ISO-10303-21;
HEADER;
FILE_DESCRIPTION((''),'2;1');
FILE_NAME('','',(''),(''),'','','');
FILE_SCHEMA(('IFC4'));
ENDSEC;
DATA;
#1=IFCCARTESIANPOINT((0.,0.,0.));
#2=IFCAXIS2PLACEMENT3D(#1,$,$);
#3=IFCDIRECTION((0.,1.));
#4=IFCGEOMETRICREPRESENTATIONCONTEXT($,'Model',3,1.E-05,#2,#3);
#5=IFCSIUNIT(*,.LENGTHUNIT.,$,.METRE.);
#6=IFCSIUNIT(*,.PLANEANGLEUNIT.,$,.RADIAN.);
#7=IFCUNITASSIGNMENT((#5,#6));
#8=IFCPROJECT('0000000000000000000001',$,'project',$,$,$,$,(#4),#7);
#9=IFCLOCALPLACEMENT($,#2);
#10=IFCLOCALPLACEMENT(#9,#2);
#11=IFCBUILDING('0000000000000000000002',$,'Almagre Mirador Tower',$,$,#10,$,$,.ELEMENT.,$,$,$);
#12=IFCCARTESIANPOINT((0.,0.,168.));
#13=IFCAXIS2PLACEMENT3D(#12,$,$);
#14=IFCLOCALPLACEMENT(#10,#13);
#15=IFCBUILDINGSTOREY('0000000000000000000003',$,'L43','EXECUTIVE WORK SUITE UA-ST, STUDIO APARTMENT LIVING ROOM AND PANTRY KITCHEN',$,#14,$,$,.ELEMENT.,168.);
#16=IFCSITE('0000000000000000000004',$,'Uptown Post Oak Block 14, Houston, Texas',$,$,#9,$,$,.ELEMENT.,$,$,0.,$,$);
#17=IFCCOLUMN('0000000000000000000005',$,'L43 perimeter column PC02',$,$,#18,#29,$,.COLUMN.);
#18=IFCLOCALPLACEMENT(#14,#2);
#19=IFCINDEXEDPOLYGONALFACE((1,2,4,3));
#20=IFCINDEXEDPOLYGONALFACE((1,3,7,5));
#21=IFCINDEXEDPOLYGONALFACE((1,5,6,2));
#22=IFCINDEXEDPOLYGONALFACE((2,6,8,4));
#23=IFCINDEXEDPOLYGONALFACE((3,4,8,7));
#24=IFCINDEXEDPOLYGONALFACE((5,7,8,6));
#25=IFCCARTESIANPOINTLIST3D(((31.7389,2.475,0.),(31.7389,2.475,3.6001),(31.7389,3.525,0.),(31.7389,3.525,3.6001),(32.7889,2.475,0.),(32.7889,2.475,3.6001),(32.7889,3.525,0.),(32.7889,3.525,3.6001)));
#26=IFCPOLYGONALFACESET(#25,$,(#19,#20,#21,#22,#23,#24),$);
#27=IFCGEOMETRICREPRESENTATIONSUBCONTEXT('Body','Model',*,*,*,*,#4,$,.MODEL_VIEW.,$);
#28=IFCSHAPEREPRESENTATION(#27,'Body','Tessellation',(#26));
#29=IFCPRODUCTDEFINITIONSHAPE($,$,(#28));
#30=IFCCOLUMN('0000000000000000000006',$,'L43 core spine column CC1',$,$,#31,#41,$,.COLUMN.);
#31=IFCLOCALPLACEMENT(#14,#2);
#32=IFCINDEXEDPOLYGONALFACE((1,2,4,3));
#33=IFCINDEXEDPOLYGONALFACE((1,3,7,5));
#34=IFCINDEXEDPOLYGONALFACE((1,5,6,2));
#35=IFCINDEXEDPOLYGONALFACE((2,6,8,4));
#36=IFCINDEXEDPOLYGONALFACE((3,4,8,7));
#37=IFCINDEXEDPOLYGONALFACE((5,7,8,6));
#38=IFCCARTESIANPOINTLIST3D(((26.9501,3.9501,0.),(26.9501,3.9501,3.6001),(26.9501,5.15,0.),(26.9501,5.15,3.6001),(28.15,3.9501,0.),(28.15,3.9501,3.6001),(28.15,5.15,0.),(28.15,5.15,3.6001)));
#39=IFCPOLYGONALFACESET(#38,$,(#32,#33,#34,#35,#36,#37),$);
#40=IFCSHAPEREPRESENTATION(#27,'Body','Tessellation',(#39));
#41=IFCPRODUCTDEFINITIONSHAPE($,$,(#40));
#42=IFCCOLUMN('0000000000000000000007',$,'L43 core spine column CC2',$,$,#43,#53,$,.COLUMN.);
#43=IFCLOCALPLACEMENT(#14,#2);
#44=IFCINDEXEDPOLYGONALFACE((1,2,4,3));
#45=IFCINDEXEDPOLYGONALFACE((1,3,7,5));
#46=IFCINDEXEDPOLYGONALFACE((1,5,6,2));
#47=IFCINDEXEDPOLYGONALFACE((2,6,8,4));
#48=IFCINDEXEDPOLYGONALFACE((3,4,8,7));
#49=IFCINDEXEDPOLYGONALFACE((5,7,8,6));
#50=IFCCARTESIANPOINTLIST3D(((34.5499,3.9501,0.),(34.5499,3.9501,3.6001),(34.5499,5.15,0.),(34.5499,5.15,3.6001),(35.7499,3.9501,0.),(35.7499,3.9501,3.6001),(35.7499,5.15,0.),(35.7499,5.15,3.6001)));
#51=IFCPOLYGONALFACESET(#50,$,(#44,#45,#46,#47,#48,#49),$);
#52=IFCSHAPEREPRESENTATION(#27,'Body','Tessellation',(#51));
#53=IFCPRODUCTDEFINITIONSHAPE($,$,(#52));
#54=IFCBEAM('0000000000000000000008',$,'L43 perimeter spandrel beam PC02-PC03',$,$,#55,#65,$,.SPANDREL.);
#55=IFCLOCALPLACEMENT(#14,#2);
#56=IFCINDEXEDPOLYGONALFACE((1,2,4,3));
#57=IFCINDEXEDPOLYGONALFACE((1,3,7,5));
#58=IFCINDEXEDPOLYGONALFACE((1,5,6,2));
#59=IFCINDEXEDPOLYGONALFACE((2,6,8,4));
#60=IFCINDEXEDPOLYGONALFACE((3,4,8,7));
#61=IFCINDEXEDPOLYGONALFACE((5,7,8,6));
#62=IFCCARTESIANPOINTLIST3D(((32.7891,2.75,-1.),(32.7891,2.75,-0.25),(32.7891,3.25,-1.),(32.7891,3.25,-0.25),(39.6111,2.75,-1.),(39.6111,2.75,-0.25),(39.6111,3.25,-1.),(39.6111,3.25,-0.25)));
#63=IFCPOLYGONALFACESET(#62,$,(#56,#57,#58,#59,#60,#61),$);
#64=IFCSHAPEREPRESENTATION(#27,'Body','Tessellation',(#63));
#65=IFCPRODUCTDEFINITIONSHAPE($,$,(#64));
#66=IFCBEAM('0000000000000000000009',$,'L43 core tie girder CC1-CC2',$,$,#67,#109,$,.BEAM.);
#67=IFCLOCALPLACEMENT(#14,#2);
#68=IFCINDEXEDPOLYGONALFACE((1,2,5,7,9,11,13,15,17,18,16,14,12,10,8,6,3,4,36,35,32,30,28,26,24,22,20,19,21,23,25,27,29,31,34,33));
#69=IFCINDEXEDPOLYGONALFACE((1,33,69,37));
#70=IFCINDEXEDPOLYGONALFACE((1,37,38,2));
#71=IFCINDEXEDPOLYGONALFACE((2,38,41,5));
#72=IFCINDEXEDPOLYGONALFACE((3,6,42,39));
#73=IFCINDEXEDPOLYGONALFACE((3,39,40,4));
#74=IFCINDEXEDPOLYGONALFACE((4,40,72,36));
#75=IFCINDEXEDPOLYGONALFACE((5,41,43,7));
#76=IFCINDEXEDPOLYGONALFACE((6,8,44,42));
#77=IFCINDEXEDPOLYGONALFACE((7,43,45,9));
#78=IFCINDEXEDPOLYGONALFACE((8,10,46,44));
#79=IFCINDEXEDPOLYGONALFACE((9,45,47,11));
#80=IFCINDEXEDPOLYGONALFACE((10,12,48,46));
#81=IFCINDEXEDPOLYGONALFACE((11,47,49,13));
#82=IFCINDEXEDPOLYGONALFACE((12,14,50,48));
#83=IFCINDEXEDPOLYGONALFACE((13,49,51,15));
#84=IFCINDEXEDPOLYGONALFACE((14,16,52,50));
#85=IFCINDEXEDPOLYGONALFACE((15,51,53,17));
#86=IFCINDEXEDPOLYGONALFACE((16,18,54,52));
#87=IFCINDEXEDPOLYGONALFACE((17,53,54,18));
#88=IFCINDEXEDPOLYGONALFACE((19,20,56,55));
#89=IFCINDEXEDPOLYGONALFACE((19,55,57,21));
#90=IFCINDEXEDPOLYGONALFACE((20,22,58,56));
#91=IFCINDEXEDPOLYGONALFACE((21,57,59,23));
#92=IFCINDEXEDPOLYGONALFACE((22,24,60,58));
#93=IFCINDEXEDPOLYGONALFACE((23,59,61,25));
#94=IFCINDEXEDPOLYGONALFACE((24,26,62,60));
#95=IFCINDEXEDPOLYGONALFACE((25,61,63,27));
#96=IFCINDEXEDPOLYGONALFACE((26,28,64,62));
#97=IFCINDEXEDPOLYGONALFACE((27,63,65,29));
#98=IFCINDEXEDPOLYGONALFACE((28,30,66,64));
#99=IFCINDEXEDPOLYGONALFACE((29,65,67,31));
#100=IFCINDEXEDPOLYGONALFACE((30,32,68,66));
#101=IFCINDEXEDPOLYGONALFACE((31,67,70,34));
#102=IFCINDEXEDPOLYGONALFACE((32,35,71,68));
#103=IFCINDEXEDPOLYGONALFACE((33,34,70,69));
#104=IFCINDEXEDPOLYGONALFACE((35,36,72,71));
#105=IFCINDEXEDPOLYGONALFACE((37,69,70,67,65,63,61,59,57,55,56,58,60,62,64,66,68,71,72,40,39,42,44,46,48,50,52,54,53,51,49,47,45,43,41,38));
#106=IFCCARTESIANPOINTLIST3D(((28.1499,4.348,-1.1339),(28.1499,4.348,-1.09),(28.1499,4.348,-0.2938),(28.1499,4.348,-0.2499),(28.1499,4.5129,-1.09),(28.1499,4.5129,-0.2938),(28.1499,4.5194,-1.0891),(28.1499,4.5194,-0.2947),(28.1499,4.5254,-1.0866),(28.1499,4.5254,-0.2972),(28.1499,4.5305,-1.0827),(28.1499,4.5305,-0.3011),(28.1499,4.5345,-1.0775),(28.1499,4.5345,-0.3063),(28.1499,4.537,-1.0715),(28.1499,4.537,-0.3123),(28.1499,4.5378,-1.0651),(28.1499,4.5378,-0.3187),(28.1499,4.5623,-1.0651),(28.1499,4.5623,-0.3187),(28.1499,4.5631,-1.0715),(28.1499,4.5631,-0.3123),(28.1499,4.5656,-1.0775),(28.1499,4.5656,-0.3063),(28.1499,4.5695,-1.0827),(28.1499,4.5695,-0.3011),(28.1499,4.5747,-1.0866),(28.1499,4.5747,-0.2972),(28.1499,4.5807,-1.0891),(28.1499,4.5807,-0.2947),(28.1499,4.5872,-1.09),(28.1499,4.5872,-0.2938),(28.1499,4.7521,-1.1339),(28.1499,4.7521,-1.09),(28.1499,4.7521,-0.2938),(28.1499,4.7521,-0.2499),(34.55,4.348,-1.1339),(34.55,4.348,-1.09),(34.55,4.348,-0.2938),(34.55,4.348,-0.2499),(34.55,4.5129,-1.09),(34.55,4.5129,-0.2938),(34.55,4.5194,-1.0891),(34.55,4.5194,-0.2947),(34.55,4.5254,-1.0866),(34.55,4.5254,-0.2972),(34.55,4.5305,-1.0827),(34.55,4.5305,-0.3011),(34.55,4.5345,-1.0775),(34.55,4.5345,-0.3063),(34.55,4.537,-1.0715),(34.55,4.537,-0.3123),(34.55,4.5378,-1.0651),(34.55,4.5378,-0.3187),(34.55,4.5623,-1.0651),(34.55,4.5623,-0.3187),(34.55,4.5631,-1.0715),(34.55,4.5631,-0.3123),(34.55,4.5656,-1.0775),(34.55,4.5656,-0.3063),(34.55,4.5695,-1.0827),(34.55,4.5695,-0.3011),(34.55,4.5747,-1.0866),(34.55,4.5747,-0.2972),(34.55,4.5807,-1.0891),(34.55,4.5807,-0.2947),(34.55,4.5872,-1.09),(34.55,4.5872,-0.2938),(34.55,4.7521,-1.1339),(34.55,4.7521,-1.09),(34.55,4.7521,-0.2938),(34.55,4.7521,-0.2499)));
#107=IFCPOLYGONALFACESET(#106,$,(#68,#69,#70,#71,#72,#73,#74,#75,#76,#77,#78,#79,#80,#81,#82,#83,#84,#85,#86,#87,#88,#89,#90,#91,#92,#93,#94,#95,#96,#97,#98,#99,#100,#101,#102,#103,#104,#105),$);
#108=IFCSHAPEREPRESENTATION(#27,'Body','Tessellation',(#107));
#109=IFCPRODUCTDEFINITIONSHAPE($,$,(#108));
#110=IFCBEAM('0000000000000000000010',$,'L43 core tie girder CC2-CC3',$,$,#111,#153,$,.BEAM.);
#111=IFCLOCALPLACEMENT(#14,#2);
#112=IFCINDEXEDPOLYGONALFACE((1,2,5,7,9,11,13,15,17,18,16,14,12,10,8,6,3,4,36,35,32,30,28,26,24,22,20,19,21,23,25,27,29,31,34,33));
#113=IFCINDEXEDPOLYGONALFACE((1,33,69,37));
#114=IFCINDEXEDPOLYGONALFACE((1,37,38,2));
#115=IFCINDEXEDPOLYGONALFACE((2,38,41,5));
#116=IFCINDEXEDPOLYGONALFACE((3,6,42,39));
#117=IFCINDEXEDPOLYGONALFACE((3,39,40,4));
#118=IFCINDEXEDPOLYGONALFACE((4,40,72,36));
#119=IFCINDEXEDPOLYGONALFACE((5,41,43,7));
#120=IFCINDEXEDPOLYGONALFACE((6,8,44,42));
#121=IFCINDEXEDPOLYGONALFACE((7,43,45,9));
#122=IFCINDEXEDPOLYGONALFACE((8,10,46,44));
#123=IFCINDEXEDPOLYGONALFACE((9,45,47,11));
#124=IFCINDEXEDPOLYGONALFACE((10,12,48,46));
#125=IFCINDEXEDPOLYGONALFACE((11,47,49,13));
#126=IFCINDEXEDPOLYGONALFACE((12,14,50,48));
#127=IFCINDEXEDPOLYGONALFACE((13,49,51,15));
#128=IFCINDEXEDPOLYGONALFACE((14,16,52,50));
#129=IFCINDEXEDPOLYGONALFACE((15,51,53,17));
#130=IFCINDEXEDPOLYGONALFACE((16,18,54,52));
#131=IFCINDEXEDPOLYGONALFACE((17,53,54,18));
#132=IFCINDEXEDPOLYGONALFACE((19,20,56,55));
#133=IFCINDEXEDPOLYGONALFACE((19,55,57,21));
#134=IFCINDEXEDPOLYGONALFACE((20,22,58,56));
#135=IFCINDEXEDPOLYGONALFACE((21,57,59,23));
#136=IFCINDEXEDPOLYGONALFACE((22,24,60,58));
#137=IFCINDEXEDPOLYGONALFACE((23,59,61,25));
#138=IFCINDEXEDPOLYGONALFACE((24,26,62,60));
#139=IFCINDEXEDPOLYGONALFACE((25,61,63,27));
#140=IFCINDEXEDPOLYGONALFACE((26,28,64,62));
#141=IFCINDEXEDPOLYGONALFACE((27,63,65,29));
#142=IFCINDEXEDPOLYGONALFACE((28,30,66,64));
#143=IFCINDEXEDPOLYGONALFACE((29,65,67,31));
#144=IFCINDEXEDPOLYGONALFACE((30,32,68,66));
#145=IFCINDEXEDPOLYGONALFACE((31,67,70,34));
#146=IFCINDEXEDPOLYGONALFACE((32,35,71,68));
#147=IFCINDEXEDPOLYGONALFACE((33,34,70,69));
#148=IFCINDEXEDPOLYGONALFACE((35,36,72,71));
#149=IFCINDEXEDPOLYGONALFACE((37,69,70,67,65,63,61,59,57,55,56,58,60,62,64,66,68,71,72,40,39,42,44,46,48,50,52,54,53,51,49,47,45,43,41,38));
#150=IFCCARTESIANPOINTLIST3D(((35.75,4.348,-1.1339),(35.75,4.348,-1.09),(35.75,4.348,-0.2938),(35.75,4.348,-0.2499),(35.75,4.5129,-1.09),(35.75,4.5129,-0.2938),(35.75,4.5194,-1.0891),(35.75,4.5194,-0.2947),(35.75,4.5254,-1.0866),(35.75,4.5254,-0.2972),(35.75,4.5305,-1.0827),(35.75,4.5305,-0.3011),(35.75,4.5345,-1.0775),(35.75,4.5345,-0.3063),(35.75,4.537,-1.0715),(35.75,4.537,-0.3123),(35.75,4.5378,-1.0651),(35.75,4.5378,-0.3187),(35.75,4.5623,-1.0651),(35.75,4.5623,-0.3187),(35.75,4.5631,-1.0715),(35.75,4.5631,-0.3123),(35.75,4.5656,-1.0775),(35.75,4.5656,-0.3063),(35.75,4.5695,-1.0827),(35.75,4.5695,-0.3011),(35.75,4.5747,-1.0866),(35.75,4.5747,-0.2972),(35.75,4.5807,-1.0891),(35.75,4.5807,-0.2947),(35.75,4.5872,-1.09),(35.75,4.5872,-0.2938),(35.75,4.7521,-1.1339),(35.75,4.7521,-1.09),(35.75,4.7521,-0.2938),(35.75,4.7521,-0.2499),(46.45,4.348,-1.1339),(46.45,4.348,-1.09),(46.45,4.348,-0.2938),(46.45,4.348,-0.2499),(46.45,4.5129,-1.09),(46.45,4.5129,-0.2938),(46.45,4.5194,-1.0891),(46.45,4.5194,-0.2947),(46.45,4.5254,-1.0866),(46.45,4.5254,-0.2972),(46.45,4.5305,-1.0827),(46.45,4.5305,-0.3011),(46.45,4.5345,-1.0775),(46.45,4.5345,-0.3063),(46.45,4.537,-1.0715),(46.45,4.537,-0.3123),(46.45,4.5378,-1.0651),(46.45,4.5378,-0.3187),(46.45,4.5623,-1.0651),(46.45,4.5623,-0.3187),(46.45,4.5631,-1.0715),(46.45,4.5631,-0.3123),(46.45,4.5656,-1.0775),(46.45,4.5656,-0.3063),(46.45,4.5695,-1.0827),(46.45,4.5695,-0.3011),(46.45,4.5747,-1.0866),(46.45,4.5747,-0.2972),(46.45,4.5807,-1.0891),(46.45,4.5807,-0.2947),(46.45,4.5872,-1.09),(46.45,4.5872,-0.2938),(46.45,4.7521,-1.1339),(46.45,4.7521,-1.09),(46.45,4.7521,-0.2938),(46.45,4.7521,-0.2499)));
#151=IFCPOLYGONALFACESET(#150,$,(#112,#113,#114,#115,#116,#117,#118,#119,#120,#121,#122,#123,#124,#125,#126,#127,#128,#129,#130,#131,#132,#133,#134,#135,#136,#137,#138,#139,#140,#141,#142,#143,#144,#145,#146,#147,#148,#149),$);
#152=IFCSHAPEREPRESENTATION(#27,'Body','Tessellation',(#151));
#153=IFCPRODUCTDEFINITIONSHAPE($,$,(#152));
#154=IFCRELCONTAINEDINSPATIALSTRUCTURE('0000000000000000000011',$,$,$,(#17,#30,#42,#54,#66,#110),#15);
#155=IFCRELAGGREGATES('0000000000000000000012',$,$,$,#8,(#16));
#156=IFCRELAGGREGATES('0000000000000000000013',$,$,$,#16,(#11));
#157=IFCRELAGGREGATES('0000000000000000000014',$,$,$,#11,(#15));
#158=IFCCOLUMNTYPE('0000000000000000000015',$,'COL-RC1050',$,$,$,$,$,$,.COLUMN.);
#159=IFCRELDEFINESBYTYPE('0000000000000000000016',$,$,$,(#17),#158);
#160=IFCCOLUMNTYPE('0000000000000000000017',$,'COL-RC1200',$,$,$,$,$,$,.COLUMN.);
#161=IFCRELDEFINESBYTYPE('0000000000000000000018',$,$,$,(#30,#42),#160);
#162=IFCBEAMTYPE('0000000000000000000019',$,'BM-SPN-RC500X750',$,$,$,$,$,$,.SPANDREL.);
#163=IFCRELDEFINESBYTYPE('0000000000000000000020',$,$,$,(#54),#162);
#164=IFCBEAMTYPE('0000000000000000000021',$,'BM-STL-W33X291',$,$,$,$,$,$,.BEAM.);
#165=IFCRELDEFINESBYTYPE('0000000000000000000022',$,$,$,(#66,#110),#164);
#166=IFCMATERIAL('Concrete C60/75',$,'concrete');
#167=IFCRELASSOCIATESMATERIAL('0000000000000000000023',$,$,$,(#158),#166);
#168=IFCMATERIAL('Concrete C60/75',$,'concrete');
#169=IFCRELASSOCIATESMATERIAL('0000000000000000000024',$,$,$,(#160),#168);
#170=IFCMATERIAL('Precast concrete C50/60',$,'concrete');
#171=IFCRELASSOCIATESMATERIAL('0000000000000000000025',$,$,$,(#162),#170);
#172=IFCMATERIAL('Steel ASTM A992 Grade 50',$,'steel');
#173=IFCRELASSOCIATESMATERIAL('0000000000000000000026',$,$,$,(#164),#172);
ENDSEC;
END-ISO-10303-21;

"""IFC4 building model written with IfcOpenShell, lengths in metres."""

from ifc_helpers import new_model, si_unit, direction, frame, origin, origin_2d, place, context, subcontext, project, spatial, rectangle, i_section, extrude, material, material_profile, profile_set, type_object, element, save


model = new_model("IFC4")

# Units and contexts
model_context = context("Model", 3, precision=1e-05, world=origin(), true_north=direction((0.0, 1.0)))
body_context = subcontext(model_context, "Body", "Model", "MODEL_VIEW")
ifc_project = project(units=[si_unit("LENGTHUNIT", "METRE"), si_unit("PLANEANGLEUNIT", "RADIAN")], contexts=[model_context])

# Site, building, storey
site_placement = place(None, origin())
site = spatial("IfcSite", under=ifc_project, at=site_placement, Name="Uptown Post Oak Block 14, Houston, Texas", CompositionType="ELEMENT", RefElevation=0.0)
building_placement = place(site_placement, origin())
building = spatial("IfcBuilding", under=site, at=building_placement, Name="Almagre Mirador Tower", CompositionType="ELEMENT")
storey_placement = place(building_placement, frame((0.0, 0.0, 168.0)))
storey = spatial("IfcBuildingStorey", under=building, at=storey_placement, Name="L43", Description="EXECUTIVE WORK SUITE UA-ST, STUDIO APARTMENT LIVING ROOM AND PANTRY KITCHEN", CompositionType="ELEMENT", Elevation=168.0)

# Columns
ifc_material_1 = material(Name="Concrete C60/75", Category="concrete")
ifc_material_profile_1 = material_profile(ifc_material_1, rectangle(XDim=1.05, YDim=1.05, at=origin_2d()), Name="RC1050X1050")
ifc_profile_set_1 = profile_set([ifc_material_profile_1], Name="Concrete C60/75")
column_type_1 = type_object("IfcColumnType", Name="COL-RC1050", PredefinedType="COLUMN", material=ifc_profile_set_1)
column_placement = place(storey_placement, frame((32.2639, 3.0, 0.0), z_axis=(0.0, 0.0, 1.0), x_axis=(1.0, 0.0, 0.0)))
element("IfcColumn", 1, at=column_placement, inside=storey, type_object=column_type_1, Name="L43 perimeter column PC02", PredefinedType="COLUMN", context=body_context, shape_type="SweptSolid", body=[
    extrude(rectangle(XDim=1.05, YDim=1.05, at=origin_2d()), origin(), (0.0, 0.0, 1.0), 3.6001),
])
ifc_material_2 = material(Name="Concrete C60/75", Category="concrete")
ifc_material_profile_2 = material_profile(ifc_material_2, rectangle(XDim=1.2, YDim=1.2, at=origin_2d()), Name="RC1200X1200")
ifc_profile_set_2 = profile_set([ifc_material_profile_2], Name="Concrete C60/75")
column_type_2 = type_object("IfcColumnType", Name="COL-RC1200", PredefinedType="COLUMN", material=ifc_profile_set_2)
for number, where, z_axis, x_axis, name in (
    (2, (27.55, 4.55, 0.0), (0.0, 0.0, 1.0), (1.0, 0.0, 0.0), "L43 core spine column CC1"),
    (3, (35.1499, 4.55, 0.0), (0.0, 0.0, 1.0), (1.0, 0.0, 0.0), "L43 core spine column CC2"),
):
    element("IfcColumn", number, at=place(storey_placement, frame(where, z_axis=z_axis, x_axis=x_axis)), inside=storey, type_object=column_type_2, Name=name, PredefinedType="COLUMN", context=body_context, shape_type="SweptSolid", body=[
        extrude(rectangle(XDim=1.2, YDim=1.2, at=origin_2d()), origin(), (0.0, 0.0, 1.0), 3.6001),
    ])

# Beams
ifc_material_3 = material(Name="Precast concrete C50/60", Category="concrete")
ifc_material_profile_3 = material_profile(ifc_material_3, rectangle(XDim=0.5, YDim=0.75, at=origin_2d()), Name="RC500X750")
ifc_profile_set_3 = profile_set([ifc_material_profile_3], Name="Precast concrete C50/60")
beam_type_1 = type_object("IfcBeamType", Name="BM-SPN-RC500X750", PredefinedType="SPANDREL", material=ifc_profile_set_3)
beam_1_placement = place(storey_placement, frame((32.7891, 3.0, -0.625), z_axis=(1.0, 0.0, 0.0), x_axis=(0.0, 1.0, 0.0)))
element("IfcBeam", 4, at=beam_1_placement, inside=storey, type_object=beam_type_1, Name="L43 perimeter spandrel beam PC02-PC03", PredefinedType="SPANDREL", context=body_context, shape_type="SweptSolid", body=[
    extrude(rectangle(XDim=0.5, YDim=0.75, at=origin_2d()), origin(), (0.0, 0.0, 1.0), 6.822),
])
ifc_material_4 = material(Name="Steel ASTM A992 Grade 50", Category="steel")
ifc_material_profile_4 = material_profile(ifc_material_4, i_section(OverallWidth=0.4041, OverallDepth=0.884, WebThickness=0.0244, FlangeThickness=0.0439, FilletRadius=0.0249, at=origin_2d()), Name="W33X291")
ifc_profile_set_4 = profile_set([ifc_material_profile_4], Name="Steel ASTM A992 Grade 50")
beam_type_2 = type_object("IfcBeamType", Name="BM-STL-W33X291", PredefinedType="BEAM", material=ifc_profile_set_4)
beam_2_placement = place(storey_placement, frame((28.1499, 4.55, -0.6919), z_axis=(1.0, 0.0, 0.0), x_axis=(0.0, 1.0, 0.0)))
element("IfcBeam", 5, at=beam_2_placement, inside=storey, type_object=beam_type_2, Name="L43 core tie girder CC1-CC2", PredefinedType="BEAM", context=body_context, shape_type="SweptSolid", body=[
    extrude(i_section(OverallWidth=0.4041, OverallDepth=0.884, WebThickness=0.0244, FlangeThickness=0.0439, FilletRadius=0.0249, at=origin_2d()), origin(), (0.0, 0.0, 1.0), 6.4001),
])
beam_3_placement = place(storey_placement, frame((35.75, 4.55, -0.6919), z_axis=(1.0, 0.0, 0.0), x_axis=(0.0, 1.0, 0.0)))
element("IfcBeam", 6, at=beam_3_placement, inside=storey, type_object=beam_type_2, Name="L43 core tie girder CC2-CC3", PredefinedType="BEAM", context=body_context, shape_type="SweptSolid", body=[
    extrude(i_section(OverallWidth=0.4041, OverallDepth=0.884, WebThickness=0.0244, FlangeThickness=0.0439, FilletRadius=0.0249, at=origin_2d()), origin(), (0.0, 0.0, 1.0), 10.7),
])

save(model, "model.ifc")
